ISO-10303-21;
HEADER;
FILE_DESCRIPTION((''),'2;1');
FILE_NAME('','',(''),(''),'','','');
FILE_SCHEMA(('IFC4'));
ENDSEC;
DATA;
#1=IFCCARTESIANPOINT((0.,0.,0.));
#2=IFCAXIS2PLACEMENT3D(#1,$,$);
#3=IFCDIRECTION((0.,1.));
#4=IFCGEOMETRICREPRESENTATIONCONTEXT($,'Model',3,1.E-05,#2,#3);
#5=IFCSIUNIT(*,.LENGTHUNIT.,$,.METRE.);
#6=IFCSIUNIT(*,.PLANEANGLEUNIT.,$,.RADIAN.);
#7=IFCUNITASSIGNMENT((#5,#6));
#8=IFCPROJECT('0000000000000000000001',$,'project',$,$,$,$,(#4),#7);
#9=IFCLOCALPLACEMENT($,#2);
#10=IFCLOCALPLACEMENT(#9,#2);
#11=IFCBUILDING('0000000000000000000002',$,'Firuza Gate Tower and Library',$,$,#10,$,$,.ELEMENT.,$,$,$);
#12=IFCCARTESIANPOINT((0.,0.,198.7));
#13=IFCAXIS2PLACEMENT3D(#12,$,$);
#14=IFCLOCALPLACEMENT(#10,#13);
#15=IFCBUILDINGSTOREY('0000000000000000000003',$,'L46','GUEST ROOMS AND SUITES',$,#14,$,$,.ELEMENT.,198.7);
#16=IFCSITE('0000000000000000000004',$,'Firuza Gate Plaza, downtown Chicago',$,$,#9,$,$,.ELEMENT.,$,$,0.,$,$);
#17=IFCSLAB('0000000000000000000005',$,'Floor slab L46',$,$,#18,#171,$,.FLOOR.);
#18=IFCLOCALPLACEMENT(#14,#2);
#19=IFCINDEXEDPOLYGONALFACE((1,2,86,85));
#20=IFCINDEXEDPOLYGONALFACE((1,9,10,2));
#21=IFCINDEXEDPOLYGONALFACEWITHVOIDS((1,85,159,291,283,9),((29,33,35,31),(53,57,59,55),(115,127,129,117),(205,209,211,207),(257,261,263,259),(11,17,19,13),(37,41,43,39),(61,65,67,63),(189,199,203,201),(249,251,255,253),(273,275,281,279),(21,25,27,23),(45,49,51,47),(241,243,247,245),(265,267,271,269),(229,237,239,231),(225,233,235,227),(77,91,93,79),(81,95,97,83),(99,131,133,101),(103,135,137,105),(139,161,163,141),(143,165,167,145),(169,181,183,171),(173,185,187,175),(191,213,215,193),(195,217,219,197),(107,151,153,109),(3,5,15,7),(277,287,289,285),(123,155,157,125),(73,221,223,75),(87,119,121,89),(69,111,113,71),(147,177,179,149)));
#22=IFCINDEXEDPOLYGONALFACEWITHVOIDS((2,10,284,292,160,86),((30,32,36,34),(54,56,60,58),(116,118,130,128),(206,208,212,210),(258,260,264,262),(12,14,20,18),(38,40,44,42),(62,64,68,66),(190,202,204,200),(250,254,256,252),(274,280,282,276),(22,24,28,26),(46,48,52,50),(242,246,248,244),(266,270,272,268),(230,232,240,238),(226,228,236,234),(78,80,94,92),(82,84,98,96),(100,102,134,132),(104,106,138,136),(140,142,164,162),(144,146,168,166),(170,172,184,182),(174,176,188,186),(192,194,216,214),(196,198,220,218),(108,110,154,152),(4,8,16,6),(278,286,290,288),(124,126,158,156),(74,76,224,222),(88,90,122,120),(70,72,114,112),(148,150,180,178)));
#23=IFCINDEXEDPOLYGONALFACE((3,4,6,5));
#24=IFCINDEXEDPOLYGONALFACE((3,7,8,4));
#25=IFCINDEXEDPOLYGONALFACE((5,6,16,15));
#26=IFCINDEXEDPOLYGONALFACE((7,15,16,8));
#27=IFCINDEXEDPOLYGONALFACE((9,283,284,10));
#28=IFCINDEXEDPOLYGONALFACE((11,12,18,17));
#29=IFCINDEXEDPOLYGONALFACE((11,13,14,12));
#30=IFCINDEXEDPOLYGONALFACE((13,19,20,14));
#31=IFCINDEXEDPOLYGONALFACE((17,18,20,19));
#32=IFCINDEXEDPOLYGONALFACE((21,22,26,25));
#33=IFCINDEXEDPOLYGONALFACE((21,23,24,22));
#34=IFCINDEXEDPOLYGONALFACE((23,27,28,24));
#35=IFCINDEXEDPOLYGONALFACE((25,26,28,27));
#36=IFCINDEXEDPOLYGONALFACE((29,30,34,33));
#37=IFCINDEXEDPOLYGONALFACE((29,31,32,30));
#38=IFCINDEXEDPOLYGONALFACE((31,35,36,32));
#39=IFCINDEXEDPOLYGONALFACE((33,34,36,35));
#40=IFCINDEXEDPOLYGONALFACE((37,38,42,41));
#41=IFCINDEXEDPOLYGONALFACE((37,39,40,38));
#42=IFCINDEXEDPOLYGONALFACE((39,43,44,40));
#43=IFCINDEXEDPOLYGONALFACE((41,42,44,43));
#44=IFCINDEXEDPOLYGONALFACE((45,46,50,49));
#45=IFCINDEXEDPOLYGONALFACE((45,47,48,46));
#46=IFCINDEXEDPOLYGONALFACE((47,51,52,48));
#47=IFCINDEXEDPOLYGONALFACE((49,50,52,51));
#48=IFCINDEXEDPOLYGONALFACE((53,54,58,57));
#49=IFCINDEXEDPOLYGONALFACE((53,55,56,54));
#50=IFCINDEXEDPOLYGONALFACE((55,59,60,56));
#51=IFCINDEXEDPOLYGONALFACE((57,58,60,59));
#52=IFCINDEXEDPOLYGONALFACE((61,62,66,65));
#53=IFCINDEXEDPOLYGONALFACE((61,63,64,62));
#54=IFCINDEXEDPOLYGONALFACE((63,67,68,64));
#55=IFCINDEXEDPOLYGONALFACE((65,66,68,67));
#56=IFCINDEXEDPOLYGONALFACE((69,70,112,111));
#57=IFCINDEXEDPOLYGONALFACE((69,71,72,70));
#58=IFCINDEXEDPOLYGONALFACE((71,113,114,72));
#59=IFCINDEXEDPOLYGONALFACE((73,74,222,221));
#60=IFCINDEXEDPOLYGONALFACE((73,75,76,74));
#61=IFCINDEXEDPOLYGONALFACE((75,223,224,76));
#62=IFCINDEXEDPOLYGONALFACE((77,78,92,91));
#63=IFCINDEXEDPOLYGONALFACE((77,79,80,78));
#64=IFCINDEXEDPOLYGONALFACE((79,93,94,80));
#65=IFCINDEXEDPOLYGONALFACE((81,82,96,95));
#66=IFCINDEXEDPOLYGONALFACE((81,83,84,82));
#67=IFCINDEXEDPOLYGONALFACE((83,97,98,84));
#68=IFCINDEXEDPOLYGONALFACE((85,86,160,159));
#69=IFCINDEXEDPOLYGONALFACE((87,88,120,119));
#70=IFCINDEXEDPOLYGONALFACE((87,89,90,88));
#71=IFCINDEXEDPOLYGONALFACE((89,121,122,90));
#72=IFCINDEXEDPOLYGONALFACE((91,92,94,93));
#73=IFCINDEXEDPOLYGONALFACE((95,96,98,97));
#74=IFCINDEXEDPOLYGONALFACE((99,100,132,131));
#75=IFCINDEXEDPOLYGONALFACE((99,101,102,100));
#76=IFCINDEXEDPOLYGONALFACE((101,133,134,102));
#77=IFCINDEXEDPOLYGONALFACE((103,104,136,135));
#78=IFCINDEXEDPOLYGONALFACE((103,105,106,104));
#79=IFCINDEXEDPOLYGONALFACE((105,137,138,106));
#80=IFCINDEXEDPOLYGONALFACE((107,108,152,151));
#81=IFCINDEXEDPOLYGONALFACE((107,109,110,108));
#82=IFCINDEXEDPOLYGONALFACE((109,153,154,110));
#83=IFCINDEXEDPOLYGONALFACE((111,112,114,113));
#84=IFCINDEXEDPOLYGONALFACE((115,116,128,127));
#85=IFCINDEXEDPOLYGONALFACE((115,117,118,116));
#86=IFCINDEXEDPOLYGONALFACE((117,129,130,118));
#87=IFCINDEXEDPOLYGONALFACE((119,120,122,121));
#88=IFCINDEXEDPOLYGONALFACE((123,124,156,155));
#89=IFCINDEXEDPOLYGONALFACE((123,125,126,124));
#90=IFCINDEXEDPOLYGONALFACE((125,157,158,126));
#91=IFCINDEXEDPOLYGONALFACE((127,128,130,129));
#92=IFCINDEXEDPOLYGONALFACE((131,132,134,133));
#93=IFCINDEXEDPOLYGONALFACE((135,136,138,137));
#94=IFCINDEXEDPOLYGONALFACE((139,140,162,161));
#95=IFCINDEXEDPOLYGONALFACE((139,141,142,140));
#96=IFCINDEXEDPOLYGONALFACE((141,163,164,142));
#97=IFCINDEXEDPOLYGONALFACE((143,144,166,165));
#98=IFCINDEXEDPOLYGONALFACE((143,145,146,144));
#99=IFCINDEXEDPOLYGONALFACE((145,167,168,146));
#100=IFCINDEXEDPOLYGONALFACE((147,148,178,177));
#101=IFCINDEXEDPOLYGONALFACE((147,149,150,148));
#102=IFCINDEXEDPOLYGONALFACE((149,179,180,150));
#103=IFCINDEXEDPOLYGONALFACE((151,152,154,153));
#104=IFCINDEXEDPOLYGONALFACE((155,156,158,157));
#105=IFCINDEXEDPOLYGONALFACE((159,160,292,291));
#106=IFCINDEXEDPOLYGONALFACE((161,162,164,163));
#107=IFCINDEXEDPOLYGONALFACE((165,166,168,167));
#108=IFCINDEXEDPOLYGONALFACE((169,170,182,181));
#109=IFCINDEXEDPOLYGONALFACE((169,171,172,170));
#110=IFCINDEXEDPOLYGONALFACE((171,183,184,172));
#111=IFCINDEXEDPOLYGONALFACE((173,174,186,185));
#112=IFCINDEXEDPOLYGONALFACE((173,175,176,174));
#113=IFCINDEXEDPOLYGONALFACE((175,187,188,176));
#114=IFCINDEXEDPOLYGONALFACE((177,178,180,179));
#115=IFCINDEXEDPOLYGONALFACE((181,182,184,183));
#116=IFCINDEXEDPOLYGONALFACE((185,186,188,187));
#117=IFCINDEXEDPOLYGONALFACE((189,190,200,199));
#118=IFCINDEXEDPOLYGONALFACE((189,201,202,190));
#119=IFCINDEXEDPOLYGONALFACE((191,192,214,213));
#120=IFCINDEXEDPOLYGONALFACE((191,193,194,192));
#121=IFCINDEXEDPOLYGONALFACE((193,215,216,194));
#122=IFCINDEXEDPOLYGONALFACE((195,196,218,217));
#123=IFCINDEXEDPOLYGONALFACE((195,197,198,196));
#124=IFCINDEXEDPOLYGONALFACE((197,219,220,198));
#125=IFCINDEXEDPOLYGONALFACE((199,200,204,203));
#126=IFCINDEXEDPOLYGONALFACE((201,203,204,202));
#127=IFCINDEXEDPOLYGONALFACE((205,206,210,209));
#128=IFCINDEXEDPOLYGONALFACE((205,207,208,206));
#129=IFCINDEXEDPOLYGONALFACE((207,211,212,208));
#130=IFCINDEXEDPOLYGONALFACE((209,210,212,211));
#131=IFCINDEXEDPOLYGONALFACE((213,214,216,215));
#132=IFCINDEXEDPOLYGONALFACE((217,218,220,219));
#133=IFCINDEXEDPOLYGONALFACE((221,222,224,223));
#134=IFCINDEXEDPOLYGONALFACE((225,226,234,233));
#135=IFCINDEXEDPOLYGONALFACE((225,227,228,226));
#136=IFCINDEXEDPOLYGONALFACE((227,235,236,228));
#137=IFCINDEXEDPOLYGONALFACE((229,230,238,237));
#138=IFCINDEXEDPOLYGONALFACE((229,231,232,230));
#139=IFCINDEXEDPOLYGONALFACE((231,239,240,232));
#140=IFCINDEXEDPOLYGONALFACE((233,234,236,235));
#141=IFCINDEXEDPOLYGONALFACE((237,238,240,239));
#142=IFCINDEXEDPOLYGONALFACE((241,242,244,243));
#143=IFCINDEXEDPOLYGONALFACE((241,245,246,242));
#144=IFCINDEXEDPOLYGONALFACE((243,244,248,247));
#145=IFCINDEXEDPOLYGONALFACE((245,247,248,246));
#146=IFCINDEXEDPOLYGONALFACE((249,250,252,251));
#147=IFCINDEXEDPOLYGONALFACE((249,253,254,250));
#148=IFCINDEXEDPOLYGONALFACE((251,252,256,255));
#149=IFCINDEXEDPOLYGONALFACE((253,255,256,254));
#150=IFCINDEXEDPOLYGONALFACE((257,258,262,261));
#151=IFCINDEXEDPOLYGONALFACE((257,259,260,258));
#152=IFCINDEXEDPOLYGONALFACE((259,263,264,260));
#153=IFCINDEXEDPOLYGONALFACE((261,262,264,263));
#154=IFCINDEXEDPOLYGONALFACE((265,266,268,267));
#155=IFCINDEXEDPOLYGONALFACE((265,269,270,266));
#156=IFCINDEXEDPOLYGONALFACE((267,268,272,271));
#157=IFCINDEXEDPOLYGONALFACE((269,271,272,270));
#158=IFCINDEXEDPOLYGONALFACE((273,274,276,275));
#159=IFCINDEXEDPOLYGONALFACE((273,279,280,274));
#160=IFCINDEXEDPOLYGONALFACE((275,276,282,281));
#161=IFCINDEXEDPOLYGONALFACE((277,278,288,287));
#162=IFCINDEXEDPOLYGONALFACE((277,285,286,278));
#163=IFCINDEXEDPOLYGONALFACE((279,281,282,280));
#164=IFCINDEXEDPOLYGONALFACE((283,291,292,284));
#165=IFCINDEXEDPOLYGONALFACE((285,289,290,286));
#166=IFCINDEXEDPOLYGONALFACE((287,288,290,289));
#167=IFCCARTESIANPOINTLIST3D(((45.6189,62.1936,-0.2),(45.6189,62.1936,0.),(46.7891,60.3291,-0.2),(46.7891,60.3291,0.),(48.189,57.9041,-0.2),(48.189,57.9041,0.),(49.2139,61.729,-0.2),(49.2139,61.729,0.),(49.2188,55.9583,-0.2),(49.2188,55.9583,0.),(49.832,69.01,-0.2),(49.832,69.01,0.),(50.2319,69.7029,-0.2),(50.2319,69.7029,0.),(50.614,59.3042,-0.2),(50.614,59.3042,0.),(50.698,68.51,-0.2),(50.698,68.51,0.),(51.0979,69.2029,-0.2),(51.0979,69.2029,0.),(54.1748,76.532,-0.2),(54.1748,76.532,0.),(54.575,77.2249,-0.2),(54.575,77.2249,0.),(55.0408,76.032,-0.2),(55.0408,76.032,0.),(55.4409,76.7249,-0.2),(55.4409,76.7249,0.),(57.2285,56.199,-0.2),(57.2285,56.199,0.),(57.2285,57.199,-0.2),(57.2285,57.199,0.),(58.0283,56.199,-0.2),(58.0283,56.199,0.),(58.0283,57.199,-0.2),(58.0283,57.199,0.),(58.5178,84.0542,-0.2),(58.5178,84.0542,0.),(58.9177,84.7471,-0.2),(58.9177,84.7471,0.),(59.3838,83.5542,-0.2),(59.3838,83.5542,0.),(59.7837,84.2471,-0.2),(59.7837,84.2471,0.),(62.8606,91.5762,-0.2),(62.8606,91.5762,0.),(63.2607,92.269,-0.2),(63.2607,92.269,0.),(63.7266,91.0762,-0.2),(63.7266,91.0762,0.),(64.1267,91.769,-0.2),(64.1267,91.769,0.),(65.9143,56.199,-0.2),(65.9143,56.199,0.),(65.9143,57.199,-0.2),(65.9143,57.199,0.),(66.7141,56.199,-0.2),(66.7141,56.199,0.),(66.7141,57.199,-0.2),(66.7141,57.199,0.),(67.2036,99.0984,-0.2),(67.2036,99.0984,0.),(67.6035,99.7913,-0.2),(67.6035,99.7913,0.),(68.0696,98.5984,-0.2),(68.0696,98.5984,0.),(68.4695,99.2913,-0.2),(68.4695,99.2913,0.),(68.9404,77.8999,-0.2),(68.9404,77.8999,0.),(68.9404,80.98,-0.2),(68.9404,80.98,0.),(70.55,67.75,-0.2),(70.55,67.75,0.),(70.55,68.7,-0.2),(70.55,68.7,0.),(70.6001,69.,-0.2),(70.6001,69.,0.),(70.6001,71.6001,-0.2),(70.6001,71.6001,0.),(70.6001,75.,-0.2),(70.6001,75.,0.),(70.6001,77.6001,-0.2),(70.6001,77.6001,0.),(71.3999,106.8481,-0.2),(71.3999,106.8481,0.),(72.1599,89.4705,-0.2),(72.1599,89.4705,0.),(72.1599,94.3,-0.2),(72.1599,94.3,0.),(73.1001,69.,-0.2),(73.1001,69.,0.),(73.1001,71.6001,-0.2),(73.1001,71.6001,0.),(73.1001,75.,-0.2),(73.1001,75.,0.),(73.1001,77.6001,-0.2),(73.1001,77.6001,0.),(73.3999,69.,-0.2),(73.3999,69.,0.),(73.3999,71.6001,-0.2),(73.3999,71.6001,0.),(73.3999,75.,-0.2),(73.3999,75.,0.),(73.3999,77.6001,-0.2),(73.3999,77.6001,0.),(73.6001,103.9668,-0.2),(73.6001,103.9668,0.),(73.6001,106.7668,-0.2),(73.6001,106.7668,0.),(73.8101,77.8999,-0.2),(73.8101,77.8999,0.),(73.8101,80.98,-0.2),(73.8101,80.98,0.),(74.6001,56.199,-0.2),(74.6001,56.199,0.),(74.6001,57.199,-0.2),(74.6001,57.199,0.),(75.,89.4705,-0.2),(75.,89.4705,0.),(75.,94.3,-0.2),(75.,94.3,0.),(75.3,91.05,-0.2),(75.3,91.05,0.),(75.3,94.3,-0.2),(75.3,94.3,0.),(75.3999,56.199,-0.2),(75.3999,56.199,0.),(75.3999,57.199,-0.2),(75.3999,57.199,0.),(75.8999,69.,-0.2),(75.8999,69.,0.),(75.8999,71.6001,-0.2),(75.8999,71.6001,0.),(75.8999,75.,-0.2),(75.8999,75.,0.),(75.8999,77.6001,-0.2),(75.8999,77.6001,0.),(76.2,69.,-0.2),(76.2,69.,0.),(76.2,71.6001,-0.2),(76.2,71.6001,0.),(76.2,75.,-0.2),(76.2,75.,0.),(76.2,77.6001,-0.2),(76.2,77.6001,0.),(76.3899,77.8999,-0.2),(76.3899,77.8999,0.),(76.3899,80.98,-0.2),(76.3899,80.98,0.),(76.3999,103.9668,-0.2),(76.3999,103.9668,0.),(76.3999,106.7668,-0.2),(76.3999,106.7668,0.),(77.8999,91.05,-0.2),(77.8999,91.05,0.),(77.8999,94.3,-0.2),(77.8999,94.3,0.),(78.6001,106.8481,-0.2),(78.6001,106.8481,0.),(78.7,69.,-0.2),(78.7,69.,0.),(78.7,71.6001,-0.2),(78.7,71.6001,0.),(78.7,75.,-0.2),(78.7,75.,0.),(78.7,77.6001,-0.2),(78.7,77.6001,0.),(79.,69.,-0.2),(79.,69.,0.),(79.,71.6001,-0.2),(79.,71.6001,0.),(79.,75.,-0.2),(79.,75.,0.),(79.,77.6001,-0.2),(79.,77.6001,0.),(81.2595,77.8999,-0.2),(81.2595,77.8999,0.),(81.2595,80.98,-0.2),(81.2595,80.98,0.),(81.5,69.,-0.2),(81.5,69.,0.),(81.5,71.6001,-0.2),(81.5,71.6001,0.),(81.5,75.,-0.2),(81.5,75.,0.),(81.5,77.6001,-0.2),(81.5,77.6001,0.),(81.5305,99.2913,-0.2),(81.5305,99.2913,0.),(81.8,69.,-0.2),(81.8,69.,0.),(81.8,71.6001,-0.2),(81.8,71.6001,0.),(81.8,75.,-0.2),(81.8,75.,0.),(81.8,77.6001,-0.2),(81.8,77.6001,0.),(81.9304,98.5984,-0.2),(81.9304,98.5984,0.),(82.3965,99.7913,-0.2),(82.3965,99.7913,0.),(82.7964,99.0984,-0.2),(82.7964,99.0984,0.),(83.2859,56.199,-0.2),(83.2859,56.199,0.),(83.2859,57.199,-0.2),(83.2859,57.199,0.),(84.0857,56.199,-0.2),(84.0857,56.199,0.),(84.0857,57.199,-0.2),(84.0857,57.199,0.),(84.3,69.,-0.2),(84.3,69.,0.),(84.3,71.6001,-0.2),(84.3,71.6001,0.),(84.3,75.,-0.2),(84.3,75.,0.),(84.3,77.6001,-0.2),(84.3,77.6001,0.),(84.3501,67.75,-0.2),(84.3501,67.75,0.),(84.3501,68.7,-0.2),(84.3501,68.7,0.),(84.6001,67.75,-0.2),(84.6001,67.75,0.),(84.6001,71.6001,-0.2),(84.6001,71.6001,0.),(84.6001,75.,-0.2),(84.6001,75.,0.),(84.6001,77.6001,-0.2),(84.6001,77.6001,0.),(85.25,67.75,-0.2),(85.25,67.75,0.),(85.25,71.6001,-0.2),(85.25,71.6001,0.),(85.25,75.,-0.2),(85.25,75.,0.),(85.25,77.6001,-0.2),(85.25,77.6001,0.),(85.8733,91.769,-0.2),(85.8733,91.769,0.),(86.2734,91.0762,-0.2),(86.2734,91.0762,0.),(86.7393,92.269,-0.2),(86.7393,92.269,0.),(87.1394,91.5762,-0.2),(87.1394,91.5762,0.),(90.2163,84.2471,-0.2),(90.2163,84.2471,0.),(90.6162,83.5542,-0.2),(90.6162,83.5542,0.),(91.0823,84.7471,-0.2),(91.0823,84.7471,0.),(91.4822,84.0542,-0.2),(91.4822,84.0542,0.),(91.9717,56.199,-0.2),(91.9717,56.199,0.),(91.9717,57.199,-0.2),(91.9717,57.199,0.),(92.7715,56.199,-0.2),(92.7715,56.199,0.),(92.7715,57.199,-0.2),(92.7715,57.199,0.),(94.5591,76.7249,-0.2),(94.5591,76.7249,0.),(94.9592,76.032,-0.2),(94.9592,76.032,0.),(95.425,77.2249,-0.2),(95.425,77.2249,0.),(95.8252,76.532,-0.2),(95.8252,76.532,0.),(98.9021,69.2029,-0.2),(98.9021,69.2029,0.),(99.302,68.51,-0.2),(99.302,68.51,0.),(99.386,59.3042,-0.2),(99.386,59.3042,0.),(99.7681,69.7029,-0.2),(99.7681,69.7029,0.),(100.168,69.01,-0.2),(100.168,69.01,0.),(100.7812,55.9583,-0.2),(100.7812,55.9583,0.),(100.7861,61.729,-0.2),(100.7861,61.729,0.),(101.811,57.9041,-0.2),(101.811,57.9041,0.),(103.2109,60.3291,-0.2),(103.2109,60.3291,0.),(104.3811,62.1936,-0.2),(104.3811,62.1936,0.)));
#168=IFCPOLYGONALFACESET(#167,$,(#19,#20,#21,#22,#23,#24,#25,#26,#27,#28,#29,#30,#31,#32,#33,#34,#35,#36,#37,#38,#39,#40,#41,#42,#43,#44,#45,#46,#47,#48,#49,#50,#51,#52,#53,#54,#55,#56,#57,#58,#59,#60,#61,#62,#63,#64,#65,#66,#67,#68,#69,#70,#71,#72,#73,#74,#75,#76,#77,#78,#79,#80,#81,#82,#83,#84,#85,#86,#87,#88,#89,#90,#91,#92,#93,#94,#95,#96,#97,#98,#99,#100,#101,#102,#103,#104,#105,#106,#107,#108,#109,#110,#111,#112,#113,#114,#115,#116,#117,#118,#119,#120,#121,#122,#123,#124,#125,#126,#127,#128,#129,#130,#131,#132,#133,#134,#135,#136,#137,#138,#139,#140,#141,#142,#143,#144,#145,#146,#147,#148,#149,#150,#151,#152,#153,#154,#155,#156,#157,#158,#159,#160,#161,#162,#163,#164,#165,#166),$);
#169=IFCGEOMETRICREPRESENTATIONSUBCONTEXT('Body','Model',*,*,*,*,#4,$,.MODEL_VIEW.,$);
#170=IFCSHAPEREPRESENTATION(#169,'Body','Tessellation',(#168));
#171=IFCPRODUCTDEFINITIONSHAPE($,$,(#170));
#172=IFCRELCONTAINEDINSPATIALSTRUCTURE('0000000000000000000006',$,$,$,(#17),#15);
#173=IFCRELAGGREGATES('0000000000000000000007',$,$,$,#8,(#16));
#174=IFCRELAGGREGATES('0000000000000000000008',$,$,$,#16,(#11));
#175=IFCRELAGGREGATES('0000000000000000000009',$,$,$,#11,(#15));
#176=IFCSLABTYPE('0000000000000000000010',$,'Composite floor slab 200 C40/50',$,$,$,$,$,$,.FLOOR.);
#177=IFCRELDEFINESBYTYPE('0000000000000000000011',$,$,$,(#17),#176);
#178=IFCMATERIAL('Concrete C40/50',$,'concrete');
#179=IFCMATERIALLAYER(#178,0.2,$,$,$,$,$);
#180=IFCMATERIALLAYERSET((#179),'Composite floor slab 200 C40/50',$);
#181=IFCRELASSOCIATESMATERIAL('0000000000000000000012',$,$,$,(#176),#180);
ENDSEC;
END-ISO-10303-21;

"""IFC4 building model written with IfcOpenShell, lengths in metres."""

from ifc_helpers import new_model, si_unit, direction, frame, origin, place, context, subcontext, project, spatial, polyline, outline, extrude, material, layer, layer_set, type_object, element, save


model = new_model("IFC4")

# Units and contexts
model_context = context("Model", 3, precision=1e-05, world=origin(), true_north=direction((0.0, 1.0)))
body_context = subcontext(model_context, "Body", "Model", "MODEL_VIEW")
ifc_project = project(units=[si_unit("LENGTHUNIT", "METRE"), si_unit("PLANEANGLEUNIT", "RADIAN")], contexts=[model_context])

# Site, building, storey
site_placement = place(None, origin())
site = spatial("IfcSite", under=ifc_project, at=site_placement, Name="Firuza Gate Plaza, downtown Chicago", CompositionType="ELEMENT", RefElevation=0.0)
building_placement = place(site_placement, origin())
building = spatial("IfcBuilding", under=site, at=building_placement, Name="Firuza Gate Tower and Library", CompositionType="ELEMENT")
storey_placement = place(building_placement, frame((0.0, 0.0, 198.7)))
storey = spatial("IfcBuildingStorey", under=building, at=storey_placement, Name="L46", Description="GUEST ROOMS AND SUITES", CompositionType="ELEMENT", Elevation=198.7)

# Slab
ifc_material_1 = material(Name="Concrete C40/50", Category="concrete")
ifc_layer_1 = layer(ifc_material_1, 0.2)
ifc_layer_set_1 = layer_set([ifc_layer_1], Name="Composite floor slab 200 C40/50")
slab_type_1 = type_object("IfcSlabType", Name="Composite floor slab 200 C40/50", PredefinedType="FLOOR", material=ifc_layer_set_1)
slab_1_placement = place(storey_placement, frame((0.0, 0.0, -0.2)))
element("IfcSlab", 1, at=slab_1_placement, inside=storey, type_object=slab_type_1, Name="Floor slab L46", PredefinedType="FLOOR", context=body_context, shape_type="SweptSolid", body=[
    extrude(outline(polyline([(45.6189, 62.1936), (49.2188, 55.9583), (100.7812, 55.9583), (104.3811, 62.1936), (78.6001, 106.8481), (71.3999, 106.8481), (45.6189, 62.1936)]), holes=[polyline([(57.2285, 56.199), (57.2285, 57.199), (58.0283, 57.199), (58.0283, 56.199), (57.2285, 56.199)]), polyline([(74.6001, 56.199), (74.6001, 57.199), (75.3999, 57.199), (75.3999, 56.199), (74.6001, 56.199)]), polyline([(65.9143, 56.199), (65.9143, 57.199), (66.7141, 57.199), (66.7141, 56.199), (65.9143, 56.199)]), polyline([(46.7891, 60.3291), (49.2139, 61.729), (50.614, 59.3042), (48.189, 57.9041), (46.7891, 60.3291)]), polyline([(84.3501, 67.75), (70.55, 67.75), (70.55, 68.7), (84.3501, 68.7), (84.3501, 67.75)]), polyline([(50.2319, 69.7029), (51.0979, 69.2029), (50.698, 68.51), (49.832, 69.01), (50.2319, 69.7029)]), polyline([(73.1001, 69.0), (70.6001, 69.0), (70.6001, 71.6001), (73.1001, 71.6001), (73.1001, 69.0)]), polyline([(75.8999, 69.0), (73.3999, 69.0), (73.3999, 71.6001), (75.8999, 71.6001), (75.8999, 69.0)]), polyline([(73.1001, 75.0), (70.6001, 75.0), (70.6001, 77.6001), (73.1001, 77.6001), (73.1001, 75.0)]), polyline([(75.8999, 75.0), (73.3999, 75.0), (73.3999, 77.6001), (75.8999, 77.6001), (75.8999, 75.0)]), polyline([(54.575, 77.2249), (55.4409, 76.7249), (55.0408, 76.032), (54.1748, 76.532), (54.575, 77.2249)]), polyline([(73.8101, 77.8999), (68.9404, 77.8999), (68.9404, 80.98), (73.8101, 80.98), (73.8101, 77.8999)]), polyline([(58.9177, 84.7471), (59.7837, 84.2471), (59.3838, 83.5542), (58.5178, 84.0542), (58.9177, 84.7471)]), polyline([(63.2607, 92.269), (64.1267, 91.769), (63.7266, 91.0762), (62.8606, 91.5762), (63.2607, 92.269)]), polyline([(72.1599, 89.4705), (72.1599, 94.3), (75.0, 94.3), (75.0, 89.4705), (72.1599, 89.4705)]), polyline([(75.3, 91.05), (75.3, 94.3), (77.8999, 94.3), (77.8999, 91.05), (75.3, 91.05)]), polyline([(68.4695, 99.2913), (68.0696, 98.5984), (67.2036, 99.0984), (67.6035, 99.7913), (68.4695, 99.2913)]), polyline([(76.3999, 106.7668), (76.3999, 103.9668), (73.6001, 103.9668), (73.6001, 106.7668), (76.3999, 106.7668)]), polyline([(91.9717, 56.199), (91.9717, 57.199), (92.7715, 57.199), (92.7715, 56.199), (91.9717, 56.199)]), polyline([(83.2859, 56.199), (83.2859, 57.199), (84.0857, 57.199), (84.0857, 56.199), (83.2859, 56.199)]), polyline([(101.811, 57.9041), (99.386, 59.3042), (100.7861, 61.729), (103.2109, 60.3291), (101.811, 57.9041)]), polyline([(100.168, 69.01), (99.302, 68.51), (98.9021, 69.2029), (99.7681, 69.7029), (100.168, 69.01)]), polyline([(85.25, 67.75), (84.6001, 67.75), (84.6001, 71.6001), (85.25, 71.6001), (85.25, 67.75)]), polyline([(81.5, 69.0), (79.0, 69.0), (79.0, 71.6001), (81.5, 71.6001), (81.5, 69.0)]), polyline([(81.8, 69.0), (81.8, 71.6001), (84.3, 71.6001), (84.3, 69.0), (81.8, 69.0)]), polyline([(76.2, 69.0), (76.2, 71.6001), (78.7, 71.6001), (78.7, 69.0), (76.2, 69.0)]), polyline([(81.5, 75.0), (79.0, 75.0), (79.0, 77.6001), (81.5, 77.6001), (81.5, 75.0)]), polyline([(84.3, 75.0), (81.8, 75.0), (81.8, 77.6001), (84.3, 77.6001), (84.3, 75.0)]), polyline([(85.25, 75.0), (84.6001, 75.0), (84.6001, 77.6001), (85.25, 77.6001), (85.25, 75.0)]), polyline([(78.7, 75.0), (76.2, 75.0), (76.2, 77.6001), (78.7, 77.6001), (78.7, 75.0)]), polyline([(95.8252, 76.532), (94.9592, 76.032), (94.5591, 76.7249), (95.425, 77.2249), (95.8252, 76.532)]), polyline([(81.2595, 77.8999), (76.3899, 77.8999), (76.3899, 80.98), (81.2595, 80.98), (81.2595, 77.8999)]), polyline([(91.4822, 84.0542), (90.6162, 83.5542), (90.2163, 84.2471), (91.0823, 84.7471), (91.4822, 84.0542)]), polyline([(86.2734, 91.0762), (85.8733, 91.769), (86.7393, 92.269), (87.1394, 91.5762), (86.2734, 91.0762)]), polyline([(81.9304, 98.5984), (81.5305, 99.2913), (82.3965, 99.7913), (82.7964, 99.0984), (81.9304, 98.5984)])]), origin(), (0.0, 0.0, 1.0), 0.2),
])

save(model, "model.ifc")
